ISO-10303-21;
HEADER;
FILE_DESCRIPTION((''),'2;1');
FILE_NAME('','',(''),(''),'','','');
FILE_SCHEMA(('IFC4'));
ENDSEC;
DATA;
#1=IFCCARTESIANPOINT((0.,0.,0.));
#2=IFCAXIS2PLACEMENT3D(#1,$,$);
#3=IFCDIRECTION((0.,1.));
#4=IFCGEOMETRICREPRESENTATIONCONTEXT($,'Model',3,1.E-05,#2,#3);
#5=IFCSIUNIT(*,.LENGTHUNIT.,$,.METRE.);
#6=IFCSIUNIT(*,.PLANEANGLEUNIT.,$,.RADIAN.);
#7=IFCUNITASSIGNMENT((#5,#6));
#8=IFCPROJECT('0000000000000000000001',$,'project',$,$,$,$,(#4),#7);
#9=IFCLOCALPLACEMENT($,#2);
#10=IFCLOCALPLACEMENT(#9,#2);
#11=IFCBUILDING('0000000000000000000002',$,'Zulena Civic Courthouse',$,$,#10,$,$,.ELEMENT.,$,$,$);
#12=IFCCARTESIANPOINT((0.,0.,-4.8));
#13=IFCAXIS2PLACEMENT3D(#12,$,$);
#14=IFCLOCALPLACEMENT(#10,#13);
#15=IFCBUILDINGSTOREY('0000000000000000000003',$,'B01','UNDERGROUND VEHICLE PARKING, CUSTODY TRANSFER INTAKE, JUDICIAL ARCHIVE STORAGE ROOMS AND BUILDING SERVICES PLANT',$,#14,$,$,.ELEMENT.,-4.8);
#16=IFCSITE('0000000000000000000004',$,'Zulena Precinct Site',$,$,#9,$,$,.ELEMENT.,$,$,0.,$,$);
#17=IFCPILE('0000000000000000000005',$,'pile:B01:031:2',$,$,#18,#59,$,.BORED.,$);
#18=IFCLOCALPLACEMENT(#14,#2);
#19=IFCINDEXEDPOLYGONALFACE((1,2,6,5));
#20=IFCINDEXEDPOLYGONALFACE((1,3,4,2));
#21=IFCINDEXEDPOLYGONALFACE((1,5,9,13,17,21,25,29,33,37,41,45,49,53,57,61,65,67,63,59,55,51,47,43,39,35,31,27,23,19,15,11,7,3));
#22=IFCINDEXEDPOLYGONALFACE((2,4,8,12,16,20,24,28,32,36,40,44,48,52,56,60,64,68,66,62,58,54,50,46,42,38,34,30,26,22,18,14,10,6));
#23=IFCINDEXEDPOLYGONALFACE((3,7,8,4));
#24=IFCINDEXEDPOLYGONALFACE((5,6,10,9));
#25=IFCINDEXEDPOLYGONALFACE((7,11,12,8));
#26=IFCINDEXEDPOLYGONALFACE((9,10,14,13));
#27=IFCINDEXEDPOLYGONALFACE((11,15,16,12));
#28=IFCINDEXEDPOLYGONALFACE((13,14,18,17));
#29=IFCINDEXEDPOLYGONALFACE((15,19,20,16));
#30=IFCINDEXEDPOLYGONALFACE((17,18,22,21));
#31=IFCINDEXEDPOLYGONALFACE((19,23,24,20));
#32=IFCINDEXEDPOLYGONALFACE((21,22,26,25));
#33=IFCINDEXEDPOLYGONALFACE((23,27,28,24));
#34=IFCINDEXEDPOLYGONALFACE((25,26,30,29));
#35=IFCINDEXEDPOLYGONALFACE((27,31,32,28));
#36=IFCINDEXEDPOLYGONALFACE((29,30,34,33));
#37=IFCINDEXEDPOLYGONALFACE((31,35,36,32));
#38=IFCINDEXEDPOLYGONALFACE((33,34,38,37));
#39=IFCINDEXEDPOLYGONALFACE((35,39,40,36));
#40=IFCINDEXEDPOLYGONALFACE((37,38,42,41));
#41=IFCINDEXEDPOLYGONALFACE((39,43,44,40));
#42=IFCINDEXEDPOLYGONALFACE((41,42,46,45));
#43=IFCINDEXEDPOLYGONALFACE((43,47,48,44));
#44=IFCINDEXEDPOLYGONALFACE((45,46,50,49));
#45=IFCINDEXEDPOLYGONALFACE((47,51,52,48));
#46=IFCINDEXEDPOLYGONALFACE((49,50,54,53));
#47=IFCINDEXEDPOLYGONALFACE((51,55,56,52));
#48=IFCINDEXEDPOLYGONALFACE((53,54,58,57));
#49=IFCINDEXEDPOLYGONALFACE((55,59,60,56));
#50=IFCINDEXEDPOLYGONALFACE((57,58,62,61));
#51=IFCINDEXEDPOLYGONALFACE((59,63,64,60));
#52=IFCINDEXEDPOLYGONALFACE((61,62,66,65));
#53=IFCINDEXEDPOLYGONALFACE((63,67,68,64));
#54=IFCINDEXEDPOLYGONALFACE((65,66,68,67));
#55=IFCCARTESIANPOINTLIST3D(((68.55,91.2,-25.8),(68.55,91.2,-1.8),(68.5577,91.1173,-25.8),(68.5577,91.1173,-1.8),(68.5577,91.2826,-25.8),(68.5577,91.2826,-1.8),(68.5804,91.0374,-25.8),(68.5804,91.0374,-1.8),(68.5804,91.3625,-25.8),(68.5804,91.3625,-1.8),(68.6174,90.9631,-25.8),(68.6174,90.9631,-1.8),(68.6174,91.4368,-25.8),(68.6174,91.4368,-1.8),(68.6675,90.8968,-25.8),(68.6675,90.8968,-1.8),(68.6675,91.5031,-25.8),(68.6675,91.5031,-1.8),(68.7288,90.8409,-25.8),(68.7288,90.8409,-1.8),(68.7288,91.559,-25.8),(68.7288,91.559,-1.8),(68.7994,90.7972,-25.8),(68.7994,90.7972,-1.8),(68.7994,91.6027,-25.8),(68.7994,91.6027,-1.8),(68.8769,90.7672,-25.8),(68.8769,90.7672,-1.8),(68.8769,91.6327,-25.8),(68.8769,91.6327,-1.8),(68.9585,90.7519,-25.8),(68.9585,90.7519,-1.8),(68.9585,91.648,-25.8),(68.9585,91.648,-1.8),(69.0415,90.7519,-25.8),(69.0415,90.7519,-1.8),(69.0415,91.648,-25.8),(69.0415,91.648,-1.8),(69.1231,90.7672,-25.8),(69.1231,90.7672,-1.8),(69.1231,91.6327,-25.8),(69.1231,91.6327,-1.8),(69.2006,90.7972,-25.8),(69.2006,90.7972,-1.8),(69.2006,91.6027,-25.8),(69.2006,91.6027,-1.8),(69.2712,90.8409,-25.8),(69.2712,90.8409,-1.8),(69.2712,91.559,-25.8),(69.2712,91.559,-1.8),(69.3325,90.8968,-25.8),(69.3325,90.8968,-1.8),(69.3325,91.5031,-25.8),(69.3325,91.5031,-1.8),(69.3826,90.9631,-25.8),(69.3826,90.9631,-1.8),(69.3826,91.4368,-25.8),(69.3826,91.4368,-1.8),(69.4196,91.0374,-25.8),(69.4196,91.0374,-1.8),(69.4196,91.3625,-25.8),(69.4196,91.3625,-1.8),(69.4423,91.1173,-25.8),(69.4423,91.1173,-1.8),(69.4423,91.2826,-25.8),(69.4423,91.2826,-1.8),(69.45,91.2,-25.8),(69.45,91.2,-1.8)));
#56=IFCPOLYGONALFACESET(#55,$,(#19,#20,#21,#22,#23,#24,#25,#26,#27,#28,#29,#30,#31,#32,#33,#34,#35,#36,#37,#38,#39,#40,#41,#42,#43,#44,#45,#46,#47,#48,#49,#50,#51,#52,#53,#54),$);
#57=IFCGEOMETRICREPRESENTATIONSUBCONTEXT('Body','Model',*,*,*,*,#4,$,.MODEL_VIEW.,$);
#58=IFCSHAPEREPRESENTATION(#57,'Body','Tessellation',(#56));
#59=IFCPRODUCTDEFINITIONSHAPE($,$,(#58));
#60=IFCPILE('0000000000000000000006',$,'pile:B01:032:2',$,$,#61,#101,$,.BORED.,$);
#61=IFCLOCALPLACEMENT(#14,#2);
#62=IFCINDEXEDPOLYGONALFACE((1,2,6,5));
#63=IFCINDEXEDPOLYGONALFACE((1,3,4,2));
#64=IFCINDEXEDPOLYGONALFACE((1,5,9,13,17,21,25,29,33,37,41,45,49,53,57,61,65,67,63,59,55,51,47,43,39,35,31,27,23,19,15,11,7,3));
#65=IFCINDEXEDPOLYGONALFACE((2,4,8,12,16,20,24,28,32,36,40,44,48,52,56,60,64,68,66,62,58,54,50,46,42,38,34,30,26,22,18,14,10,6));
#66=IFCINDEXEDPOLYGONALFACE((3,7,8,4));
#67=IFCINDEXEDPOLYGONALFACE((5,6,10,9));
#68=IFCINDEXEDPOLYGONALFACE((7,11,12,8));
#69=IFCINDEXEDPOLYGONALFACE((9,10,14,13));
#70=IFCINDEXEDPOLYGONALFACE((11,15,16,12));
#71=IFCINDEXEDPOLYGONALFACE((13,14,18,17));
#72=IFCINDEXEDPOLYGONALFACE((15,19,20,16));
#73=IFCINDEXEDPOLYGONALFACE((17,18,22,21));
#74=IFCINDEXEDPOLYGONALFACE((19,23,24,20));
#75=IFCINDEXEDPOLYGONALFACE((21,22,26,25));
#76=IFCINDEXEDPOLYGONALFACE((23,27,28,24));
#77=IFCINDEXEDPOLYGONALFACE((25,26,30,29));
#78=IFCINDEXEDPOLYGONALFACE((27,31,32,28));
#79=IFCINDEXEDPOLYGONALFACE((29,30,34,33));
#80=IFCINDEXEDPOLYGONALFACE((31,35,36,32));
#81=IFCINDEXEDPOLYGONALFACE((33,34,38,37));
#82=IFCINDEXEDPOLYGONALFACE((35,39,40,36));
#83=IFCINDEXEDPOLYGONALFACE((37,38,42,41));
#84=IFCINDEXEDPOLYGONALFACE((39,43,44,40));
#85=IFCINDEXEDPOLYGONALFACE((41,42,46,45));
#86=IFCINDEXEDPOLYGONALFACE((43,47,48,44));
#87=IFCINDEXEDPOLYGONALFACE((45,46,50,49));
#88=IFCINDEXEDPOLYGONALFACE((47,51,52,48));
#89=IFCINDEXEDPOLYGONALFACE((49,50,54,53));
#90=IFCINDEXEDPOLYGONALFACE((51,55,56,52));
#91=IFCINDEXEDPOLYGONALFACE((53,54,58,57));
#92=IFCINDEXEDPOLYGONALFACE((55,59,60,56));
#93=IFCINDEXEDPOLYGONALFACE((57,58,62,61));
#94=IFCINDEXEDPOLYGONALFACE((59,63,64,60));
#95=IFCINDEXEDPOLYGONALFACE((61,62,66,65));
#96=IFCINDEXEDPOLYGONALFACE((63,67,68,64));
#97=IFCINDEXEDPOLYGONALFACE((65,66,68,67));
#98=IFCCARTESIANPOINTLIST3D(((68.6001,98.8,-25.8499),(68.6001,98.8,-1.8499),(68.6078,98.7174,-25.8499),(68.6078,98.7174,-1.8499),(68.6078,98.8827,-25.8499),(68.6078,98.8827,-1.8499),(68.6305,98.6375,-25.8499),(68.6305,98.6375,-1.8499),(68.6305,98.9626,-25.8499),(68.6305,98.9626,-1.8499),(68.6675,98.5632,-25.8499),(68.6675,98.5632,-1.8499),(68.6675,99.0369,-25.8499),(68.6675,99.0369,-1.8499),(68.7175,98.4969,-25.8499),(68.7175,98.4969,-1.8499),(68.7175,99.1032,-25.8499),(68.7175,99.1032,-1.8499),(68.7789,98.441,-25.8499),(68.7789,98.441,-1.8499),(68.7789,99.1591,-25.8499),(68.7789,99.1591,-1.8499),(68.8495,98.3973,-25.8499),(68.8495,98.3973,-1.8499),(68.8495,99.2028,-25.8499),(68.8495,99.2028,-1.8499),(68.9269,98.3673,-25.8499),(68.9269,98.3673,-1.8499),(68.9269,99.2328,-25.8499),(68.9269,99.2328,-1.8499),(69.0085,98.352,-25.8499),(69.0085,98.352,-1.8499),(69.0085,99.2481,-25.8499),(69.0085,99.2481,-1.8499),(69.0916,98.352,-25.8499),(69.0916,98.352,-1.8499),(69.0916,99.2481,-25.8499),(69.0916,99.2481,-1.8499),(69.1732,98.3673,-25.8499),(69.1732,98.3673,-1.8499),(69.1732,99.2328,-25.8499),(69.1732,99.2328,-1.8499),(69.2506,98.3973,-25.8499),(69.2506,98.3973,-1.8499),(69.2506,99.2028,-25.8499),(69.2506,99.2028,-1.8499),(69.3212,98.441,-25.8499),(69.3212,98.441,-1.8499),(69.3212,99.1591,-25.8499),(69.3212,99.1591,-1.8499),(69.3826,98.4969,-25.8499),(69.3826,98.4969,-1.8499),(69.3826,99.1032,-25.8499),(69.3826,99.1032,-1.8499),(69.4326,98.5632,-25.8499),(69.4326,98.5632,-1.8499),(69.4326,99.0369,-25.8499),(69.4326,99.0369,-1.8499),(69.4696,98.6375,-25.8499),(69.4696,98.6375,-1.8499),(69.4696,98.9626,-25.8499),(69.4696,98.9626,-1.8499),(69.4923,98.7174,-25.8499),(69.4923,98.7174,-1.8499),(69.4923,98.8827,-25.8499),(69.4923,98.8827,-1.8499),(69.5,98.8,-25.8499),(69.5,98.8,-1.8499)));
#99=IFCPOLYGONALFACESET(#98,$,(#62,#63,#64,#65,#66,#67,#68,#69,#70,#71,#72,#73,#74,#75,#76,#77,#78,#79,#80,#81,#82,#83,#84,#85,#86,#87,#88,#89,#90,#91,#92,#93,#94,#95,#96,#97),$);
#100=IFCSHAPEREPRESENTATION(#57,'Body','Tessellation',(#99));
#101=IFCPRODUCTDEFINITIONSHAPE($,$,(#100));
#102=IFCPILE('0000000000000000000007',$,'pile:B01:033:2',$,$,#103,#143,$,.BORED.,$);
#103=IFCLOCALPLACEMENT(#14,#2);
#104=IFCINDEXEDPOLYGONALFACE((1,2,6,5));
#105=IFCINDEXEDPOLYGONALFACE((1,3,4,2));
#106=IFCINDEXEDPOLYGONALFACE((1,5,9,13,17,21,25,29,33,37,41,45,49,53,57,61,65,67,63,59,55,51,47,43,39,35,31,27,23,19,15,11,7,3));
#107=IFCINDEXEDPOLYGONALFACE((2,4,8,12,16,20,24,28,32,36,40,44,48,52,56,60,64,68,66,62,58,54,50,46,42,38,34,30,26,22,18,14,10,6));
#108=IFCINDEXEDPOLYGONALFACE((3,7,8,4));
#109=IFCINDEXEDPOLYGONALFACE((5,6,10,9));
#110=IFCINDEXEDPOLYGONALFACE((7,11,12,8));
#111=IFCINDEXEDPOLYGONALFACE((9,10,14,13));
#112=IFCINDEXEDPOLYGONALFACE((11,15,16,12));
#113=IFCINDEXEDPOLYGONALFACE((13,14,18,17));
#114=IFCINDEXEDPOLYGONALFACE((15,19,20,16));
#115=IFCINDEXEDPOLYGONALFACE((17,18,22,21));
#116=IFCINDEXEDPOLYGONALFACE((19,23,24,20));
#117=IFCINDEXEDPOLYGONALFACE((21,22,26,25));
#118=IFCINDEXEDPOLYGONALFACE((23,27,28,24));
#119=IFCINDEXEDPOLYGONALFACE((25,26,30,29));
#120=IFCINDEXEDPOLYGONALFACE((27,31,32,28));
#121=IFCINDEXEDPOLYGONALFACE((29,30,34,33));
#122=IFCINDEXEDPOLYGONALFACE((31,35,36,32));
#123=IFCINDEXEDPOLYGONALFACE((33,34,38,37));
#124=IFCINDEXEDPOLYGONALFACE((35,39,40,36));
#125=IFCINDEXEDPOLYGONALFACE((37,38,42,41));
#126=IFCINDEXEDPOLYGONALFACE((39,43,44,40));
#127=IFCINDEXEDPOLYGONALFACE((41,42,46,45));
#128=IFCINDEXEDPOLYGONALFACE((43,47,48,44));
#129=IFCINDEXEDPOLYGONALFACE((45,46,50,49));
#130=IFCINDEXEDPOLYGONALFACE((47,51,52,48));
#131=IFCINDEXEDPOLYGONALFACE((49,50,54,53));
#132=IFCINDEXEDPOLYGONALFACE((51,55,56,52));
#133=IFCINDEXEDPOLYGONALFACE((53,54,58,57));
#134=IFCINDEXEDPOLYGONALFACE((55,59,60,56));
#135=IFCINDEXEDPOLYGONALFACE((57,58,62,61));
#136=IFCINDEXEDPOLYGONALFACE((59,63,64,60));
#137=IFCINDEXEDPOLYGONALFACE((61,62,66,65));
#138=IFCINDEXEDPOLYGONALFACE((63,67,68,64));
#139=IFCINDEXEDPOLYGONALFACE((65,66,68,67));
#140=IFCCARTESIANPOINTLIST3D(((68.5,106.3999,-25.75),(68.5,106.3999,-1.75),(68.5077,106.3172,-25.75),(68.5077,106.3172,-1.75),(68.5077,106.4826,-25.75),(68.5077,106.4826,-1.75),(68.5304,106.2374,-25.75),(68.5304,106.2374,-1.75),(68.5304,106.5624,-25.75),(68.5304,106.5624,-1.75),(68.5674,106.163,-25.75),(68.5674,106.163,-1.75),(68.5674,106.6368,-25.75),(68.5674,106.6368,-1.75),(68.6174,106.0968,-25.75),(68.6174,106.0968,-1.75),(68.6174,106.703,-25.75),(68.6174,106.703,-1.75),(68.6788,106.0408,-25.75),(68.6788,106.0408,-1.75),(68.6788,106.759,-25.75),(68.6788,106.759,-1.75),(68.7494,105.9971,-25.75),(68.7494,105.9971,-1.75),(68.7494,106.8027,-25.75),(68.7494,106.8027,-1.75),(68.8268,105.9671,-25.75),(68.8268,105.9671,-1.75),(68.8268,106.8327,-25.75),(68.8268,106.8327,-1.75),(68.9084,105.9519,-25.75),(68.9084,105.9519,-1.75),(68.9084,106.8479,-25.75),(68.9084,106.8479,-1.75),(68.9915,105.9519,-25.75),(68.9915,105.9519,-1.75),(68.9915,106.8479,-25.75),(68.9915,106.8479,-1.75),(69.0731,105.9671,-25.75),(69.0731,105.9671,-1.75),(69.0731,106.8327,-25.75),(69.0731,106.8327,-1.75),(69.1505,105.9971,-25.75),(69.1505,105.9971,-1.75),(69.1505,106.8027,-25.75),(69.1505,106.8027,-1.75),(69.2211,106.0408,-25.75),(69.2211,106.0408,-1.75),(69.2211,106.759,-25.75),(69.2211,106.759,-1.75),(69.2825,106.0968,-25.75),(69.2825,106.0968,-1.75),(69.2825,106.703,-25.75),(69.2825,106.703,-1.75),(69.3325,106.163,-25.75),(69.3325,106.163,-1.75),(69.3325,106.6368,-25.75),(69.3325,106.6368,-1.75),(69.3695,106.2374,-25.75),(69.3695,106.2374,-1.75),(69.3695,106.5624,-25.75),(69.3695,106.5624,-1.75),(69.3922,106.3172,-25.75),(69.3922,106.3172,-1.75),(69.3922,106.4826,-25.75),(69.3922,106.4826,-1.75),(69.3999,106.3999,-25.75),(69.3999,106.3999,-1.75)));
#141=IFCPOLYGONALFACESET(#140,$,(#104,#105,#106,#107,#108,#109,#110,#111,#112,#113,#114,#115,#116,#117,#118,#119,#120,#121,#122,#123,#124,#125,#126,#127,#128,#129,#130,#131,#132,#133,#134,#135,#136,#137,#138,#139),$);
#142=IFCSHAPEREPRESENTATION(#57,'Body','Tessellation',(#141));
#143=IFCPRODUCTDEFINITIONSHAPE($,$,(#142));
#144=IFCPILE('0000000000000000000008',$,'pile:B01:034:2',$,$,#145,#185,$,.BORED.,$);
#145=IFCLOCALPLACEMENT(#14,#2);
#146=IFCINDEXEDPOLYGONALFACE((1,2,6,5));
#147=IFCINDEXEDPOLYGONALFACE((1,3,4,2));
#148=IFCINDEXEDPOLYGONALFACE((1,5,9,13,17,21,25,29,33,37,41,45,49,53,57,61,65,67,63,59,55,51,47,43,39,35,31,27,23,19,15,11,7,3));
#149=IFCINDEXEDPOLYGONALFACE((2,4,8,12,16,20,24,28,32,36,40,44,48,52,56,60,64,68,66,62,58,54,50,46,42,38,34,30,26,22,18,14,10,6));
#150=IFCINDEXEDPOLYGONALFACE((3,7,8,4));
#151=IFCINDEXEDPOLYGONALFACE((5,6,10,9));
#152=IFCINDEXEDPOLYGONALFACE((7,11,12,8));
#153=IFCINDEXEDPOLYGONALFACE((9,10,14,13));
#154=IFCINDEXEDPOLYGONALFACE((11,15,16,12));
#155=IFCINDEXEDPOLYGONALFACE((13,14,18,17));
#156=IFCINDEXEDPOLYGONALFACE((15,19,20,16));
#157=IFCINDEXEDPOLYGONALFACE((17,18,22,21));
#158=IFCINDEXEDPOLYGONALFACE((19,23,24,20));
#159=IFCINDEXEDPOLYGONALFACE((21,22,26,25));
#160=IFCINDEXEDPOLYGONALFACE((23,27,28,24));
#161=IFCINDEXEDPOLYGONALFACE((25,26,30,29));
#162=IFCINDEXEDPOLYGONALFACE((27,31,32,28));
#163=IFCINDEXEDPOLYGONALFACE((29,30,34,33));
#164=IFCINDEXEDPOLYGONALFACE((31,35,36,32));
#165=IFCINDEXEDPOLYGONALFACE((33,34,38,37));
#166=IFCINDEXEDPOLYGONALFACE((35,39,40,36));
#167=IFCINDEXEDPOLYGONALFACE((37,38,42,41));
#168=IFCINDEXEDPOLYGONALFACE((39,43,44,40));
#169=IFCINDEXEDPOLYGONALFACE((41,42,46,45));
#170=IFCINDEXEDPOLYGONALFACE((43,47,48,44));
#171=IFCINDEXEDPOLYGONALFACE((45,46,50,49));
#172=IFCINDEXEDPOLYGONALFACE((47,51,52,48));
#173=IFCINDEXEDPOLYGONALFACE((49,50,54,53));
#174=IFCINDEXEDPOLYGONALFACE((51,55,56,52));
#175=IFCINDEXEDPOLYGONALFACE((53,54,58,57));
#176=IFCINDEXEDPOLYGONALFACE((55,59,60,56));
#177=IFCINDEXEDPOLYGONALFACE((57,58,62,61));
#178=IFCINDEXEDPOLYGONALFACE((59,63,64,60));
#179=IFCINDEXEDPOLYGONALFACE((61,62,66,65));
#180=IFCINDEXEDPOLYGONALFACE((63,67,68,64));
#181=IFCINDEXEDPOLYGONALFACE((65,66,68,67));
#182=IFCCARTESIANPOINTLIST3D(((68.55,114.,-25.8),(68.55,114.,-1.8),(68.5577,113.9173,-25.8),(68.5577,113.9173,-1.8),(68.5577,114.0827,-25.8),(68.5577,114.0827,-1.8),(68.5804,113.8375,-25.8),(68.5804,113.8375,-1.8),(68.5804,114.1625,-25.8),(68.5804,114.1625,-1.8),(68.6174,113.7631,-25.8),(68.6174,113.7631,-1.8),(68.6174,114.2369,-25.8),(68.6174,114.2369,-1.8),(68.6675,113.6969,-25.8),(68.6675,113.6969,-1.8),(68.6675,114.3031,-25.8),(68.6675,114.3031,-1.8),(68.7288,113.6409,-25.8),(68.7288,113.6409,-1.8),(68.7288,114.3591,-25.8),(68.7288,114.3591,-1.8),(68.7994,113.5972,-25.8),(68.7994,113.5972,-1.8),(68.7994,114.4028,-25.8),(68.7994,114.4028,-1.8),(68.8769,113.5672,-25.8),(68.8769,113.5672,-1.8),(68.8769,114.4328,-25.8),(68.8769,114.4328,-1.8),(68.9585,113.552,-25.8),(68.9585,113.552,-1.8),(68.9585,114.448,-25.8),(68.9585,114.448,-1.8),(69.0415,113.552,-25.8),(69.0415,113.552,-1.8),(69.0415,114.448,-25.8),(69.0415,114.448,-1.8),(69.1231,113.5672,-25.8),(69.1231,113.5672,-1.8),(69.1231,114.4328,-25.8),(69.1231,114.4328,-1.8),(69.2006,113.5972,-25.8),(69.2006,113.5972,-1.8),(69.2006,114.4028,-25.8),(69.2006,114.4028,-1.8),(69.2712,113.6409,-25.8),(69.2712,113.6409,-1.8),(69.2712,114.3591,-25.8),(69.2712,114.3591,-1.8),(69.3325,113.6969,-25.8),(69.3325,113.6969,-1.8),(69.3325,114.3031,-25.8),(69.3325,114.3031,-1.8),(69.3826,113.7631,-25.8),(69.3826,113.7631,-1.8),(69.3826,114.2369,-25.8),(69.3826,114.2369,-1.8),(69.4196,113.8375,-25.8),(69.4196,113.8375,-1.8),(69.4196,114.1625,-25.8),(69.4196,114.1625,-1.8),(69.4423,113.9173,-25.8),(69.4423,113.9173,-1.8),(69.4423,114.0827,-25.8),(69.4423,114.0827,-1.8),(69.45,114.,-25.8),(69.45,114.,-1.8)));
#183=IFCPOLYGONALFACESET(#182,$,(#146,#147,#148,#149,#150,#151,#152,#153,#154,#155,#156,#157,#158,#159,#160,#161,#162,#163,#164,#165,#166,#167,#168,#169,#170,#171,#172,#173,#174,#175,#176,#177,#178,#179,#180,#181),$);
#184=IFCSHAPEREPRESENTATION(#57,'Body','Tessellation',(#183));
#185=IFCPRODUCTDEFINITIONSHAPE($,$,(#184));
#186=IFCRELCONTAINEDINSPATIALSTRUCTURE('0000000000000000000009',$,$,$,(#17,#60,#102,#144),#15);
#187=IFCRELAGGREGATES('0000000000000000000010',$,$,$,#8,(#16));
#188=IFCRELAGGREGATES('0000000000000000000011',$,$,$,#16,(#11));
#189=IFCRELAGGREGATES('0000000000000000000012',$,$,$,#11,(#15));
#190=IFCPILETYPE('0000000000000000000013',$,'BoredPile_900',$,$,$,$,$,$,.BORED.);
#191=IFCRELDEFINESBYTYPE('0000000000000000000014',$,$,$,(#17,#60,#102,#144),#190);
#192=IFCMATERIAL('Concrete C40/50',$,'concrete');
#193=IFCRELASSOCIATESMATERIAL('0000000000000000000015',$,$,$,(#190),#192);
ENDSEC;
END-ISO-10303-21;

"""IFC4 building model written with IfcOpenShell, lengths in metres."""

from ifc_helpers import new_model, si_unit, direction, frame, origin, origin_2d, place, context, subcontext, project, spatial, circle, extrude, material, material_profile, profile_set, type_object, element, save


model = new_model("IFC4")

# Units and contexts
model_context = context("Model", 3, precision=1e-05, world=origin(), true_north=direction((0.0, 1.0)))
body_context = subcontext(model_context, "Body", "Model", "MODEL_VIEW")
ifc_project = project(units=[si_unit("LENGTHUNIT", "METRE"), si_unit("PLANEANGLEUNIT", "RADIAN")], contexts=[model_context])

# Site, building, storey
site_placement = place(None, origin())
site = spatial("IfcSite", under=ifc_project, at=site_placement, Name="Zulena Precinct Site", CompositionType="ELEMENT", RefElevation=0.0)
building_placement = place(site_placement, origin())
building = spatial("IfcBuilding", under=site, at=building_placement, Name="Zulena Civic Courthouse", CompositionType="ELEMENT")
storey_placement = place(building_placement, frame((0.0, 0.0, -4.8)))
storey = spatial("IfcBuildingStorey", under=building, at=storey_placement, Name="B01", Description="UNDERGROUND VEHICLE PARKING, CUSTODY TRANSFER INTAKE, JUDICIAL ARCHIVE STORAGE ROOMS AND BUILDING SERVICES PLANT", CompositionType="ELEMENT", Elevation=-4.8)

# Piles
ifc_material_1 = material(Name="Concrete C40/50", Category="concrete")
ifc_material_profile_1 = material_profile(ifc_material_1, circle(Radius=0.45, at=origin_2d()), Name="PILE900")
ifc_profile_set_1 = profile_set([ifc_material_profile_1], Name="Concrete C40/50")
pile_type_1 = type_object("IfcPileType", Name="BoredPile_900", PredefinedType="BORED", material=ifc_profile_set_1)
for number, where, z_axis, x_axis, name in (
    (1, (69.0, 91.2, -1.8), (0.0, 0.0, -1.0), (1.0, 0.0, 0.0), "pile:B01:031:2"),
    (2, (69.05, 98.8, -1.8499), (0.0, 0.0, -1.0), (1.0, 0.0, 0.0), "pile:B01:032:2"),
    (3, (68.95, 106.3999, -1.75), (0.0, 0.0, -1.0), (1.0, 0.0, 0.0), "pile:B01:033:2"),
    (4, (69.0, 114.0, -1.8), (0.0, 0.0, -1.0), (1.0, 0.0, 0.0), "pile:B01:034:2"),
):
    element("IfcPile", number, at=place(storey_placement, frame(where, z_axis=z_axis, x_axis=x_axis)), inside=storey, type_object=pile_type_1, Name=name, PredefinedType="BORED", context=body_context, shape_type="SweptSolid", body=[
        extrude(circle(Radius=0.45, at=origin_2d()), origin(), (0.0, 0.0, 1.0), 24.0),
    ])

save(model, "model.ifc")
